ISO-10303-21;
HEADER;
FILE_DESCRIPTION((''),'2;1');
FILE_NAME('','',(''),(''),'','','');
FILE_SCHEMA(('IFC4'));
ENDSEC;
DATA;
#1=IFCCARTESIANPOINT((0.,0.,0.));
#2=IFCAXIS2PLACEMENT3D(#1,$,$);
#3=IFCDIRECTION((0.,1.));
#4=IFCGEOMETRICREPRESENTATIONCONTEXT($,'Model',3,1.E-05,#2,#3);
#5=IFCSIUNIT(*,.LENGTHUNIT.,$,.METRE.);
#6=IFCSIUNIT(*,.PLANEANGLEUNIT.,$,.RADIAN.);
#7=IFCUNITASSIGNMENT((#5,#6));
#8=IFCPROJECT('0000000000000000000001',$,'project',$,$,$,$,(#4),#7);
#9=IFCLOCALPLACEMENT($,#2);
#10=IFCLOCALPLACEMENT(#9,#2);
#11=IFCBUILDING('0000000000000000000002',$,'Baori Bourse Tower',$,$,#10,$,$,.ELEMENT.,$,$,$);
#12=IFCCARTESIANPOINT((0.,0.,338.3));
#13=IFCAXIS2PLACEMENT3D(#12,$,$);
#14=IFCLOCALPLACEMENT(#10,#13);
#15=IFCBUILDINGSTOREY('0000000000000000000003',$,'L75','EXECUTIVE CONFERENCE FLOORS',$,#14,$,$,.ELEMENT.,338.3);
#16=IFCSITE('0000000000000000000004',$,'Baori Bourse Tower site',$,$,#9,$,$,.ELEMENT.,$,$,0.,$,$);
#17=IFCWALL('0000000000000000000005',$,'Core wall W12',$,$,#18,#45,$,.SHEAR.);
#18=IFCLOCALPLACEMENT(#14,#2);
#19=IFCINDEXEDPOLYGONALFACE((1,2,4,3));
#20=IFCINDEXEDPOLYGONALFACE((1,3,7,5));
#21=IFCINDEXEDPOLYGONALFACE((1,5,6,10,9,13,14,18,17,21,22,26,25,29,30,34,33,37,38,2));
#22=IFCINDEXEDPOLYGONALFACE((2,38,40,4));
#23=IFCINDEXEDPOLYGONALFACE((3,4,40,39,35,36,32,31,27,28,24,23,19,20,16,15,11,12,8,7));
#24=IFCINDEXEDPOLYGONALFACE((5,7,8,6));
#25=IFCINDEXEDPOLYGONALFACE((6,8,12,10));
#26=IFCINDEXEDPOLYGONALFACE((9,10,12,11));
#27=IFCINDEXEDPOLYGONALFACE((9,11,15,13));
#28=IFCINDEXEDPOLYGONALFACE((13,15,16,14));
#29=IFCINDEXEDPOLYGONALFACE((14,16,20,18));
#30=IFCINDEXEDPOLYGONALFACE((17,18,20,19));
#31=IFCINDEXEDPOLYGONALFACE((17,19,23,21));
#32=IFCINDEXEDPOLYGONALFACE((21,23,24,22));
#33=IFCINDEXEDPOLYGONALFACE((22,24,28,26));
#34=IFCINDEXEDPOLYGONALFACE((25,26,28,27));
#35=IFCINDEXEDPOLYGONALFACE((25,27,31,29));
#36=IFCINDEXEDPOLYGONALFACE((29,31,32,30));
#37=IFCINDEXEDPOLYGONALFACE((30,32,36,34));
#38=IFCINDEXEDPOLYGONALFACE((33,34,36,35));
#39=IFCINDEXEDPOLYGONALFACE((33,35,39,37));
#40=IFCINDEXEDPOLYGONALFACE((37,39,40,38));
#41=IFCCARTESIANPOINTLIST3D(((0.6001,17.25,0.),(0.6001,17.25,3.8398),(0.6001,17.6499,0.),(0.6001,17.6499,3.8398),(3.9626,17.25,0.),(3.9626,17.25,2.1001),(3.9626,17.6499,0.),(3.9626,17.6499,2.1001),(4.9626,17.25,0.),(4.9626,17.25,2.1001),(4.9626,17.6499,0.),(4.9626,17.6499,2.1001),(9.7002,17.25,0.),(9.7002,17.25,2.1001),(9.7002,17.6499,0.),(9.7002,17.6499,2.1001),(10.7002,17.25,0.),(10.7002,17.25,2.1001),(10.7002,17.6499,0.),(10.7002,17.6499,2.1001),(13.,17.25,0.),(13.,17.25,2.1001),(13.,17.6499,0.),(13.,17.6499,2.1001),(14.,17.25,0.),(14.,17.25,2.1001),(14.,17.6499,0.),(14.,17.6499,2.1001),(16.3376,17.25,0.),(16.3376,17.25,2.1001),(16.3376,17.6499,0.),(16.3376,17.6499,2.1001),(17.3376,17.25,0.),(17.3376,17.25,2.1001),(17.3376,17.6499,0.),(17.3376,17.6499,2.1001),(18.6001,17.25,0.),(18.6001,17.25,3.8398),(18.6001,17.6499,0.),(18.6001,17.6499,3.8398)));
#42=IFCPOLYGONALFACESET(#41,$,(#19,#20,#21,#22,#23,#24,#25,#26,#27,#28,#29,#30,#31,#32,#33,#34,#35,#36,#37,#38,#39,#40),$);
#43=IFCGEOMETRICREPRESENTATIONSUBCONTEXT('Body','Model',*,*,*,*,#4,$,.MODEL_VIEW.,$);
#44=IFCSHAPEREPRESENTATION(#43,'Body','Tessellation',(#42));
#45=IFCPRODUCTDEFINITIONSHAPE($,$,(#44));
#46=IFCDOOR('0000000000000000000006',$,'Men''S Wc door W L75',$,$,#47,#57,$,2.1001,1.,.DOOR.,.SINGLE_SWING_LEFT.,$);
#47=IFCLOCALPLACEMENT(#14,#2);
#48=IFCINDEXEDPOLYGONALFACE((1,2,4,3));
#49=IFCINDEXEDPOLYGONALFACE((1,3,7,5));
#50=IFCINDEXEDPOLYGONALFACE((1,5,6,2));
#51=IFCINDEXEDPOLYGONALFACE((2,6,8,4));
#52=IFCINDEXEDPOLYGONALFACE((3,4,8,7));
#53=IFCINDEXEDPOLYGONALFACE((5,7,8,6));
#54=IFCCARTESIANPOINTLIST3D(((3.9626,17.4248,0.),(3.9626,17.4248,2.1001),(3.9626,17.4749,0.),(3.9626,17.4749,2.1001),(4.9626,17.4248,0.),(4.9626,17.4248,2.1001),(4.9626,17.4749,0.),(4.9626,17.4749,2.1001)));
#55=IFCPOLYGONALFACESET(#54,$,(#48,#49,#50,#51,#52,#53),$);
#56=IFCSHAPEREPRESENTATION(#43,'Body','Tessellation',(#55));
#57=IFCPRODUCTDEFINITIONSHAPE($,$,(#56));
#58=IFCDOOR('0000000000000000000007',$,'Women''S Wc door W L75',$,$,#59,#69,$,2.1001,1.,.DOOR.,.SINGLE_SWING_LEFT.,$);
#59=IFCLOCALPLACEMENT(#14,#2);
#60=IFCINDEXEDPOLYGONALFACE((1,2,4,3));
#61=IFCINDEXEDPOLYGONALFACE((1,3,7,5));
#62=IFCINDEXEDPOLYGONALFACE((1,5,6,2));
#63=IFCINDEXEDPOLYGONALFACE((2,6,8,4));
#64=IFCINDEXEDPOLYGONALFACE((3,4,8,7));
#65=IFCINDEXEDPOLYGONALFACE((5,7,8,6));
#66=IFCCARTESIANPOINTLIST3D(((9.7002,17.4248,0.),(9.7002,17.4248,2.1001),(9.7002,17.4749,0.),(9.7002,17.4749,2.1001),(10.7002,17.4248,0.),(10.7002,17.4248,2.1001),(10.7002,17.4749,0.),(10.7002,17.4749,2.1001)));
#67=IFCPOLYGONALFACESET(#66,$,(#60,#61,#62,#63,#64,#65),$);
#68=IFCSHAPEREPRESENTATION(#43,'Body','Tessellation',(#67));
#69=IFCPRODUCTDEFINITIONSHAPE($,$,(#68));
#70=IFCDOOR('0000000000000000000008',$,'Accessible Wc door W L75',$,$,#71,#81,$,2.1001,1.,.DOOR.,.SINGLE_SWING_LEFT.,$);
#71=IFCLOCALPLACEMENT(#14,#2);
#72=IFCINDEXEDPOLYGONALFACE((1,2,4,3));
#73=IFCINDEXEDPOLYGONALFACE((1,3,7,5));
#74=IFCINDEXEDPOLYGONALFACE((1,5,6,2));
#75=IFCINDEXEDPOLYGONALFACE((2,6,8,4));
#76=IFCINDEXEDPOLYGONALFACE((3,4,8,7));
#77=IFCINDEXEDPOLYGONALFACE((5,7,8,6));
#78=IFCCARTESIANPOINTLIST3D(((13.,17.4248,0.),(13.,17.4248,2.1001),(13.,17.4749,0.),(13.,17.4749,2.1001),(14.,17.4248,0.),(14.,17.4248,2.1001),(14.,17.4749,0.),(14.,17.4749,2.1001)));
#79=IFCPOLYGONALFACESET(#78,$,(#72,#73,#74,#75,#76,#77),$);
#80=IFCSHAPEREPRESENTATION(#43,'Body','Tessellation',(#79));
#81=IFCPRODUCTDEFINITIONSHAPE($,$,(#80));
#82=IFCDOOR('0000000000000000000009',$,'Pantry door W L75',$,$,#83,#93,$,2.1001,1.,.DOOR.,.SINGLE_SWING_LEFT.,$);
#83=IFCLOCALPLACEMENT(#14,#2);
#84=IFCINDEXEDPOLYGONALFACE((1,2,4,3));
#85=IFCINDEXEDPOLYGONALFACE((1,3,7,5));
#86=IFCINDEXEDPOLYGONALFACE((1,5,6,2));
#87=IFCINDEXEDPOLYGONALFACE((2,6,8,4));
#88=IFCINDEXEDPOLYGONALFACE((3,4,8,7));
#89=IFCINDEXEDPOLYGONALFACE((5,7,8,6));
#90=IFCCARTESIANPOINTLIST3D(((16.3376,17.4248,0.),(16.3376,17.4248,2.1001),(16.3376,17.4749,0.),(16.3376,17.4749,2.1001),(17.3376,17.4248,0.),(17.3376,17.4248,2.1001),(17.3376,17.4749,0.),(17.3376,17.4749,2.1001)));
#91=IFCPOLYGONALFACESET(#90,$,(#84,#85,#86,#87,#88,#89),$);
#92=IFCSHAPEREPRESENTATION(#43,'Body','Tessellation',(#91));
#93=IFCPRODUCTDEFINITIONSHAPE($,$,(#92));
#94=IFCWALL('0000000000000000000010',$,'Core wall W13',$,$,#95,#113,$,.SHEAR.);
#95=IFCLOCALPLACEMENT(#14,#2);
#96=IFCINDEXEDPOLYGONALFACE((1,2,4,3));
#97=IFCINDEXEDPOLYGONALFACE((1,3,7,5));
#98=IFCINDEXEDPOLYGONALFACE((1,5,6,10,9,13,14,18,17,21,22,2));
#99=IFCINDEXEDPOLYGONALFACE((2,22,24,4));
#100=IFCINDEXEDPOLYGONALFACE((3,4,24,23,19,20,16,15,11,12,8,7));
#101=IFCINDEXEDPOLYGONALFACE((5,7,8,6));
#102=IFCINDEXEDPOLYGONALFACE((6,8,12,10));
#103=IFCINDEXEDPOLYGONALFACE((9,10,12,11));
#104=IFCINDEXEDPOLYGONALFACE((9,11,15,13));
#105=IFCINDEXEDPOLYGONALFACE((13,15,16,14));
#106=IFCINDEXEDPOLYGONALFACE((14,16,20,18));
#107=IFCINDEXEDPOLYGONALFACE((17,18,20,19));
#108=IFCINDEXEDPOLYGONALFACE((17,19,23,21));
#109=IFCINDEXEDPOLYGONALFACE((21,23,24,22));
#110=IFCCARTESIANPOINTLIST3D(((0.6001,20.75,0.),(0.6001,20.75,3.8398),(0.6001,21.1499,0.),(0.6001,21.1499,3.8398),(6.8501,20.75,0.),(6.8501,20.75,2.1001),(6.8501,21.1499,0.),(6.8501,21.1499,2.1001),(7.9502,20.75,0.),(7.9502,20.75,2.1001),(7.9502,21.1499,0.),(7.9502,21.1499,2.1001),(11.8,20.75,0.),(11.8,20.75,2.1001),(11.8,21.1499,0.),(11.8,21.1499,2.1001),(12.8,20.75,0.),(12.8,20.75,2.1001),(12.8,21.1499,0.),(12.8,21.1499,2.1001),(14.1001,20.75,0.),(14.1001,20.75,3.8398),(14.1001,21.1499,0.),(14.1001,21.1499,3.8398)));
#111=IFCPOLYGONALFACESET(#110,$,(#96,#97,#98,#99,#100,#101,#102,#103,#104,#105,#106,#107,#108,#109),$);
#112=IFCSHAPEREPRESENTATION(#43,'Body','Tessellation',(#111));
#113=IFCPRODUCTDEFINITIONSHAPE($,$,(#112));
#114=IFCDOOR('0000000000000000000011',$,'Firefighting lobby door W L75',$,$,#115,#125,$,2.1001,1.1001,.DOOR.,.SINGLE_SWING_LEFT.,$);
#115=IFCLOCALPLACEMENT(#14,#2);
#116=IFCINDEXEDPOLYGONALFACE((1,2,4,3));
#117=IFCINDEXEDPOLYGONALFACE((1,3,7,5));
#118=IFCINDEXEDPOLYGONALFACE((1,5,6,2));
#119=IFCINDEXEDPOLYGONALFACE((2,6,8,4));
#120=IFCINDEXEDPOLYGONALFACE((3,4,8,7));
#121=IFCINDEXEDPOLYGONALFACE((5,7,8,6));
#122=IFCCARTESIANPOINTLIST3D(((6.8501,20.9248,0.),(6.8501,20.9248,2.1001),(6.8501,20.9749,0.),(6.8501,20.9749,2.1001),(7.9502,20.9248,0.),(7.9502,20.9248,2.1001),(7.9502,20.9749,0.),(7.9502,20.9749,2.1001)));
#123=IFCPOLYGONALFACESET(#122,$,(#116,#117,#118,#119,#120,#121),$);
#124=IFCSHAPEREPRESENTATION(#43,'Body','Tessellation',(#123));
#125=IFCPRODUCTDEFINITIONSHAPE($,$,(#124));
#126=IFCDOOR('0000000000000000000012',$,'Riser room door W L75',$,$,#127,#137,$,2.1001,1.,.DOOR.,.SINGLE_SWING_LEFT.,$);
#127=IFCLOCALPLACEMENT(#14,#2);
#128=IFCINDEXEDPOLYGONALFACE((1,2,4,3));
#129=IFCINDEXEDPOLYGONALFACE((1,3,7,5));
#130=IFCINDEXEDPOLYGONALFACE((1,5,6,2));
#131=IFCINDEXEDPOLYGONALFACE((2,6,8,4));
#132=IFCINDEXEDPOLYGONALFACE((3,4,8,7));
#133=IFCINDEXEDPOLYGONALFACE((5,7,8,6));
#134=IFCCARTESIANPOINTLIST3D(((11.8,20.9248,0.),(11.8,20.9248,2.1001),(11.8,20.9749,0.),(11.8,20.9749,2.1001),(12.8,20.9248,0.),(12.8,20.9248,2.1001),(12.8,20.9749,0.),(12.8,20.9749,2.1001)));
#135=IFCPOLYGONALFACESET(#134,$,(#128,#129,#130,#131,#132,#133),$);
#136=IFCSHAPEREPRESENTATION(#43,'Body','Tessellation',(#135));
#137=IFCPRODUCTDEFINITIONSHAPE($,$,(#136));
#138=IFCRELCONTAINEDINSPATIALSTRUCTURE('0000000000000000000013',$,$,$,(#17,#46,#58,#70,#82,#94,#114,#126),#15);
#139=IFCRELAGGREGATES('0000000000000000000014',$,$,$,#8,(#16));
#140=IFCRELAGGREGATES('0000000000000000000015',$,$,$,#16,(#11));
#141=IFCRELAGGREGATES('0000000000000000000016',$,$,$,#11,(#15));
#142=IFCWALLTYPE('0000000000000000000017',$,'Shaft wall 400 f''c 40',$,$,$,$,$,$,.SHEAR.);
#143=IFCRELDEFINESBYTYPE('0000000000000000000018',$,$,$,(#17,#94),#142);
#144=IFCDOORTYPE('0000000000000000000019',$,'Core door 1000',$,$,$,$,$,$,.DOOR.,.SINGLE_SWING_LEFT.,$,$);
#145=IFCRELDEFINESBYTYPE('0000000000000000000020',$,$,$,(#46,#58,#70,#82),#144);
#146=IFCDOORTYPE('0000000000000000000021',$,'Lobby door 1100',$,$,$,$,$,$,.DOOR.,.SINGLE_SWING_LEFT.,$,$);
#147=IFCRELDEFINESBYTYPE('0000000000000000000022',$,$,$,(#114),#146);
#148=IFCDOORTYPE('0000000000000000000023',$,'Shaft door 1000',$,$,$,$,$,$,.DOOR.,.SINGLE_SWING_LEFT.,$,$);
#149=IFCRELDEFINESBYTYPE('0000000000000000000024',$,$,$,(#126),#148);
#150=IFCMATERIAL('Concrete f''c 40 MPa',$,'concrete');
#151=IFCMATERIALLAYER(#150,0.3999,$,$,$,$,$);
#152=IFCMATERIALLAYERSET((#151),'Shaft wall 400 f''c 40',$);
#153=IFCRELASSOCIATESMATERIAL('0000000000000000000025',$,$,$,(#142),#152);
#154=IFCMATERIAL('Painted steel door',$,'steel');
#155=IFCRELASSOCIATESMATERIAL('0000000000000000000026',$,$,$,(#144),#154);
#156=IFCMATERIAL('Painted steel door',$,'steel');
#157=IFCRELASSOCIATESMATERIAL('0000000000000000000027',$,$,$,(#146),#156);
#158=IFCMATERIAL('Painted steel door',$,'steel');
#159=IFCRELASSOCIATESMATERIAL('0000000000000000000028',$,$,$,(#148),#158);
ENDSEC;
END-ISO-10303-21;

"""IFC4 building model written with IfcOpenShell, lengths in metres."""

from ifc_helpers import new_model, si_unit, direction, frame, frame_2d, origin, place, context, subcontext, project, spatial, rectangle, extrude, material, layer, layer_set, type_object, element, fill, save


model = new_model("IFC4")

# Units and contexts
model_context = context("Model", 3, precision=1e-05, world=origin(), true_north=direction((0.0, 1.0)))
body_context = subcontext(model_context, "Body", "Model", "MODEL_VIEW")
ifc_project = project(units=[si_unit("LENGTHUNIT", "METRE"), si_unit("PLANEANGLEUNIT", "RADIAN")], contexts=[model_context])

# Site, building, storey
site_placement = place(None, origin())
site = spatial("IfcSite", under=ifc_project, at=site_placement, Name="Baori Bourse Tower site", CompositionType="ELEMENT", RefElevation=0.0)
building_placement = place(site_placement, origin())
building = spatial("IfcBuilding", under=site, at=building_placement, Name="Baori Bourse Tower", CompositionType="ELEMENT")
storey_placement = place(building_placement, frame((0.0, 0.0, 338.3)))
storey = spatial("IfcBuildingStorey", under=building, at=storey_placement, Name="L75", Description="EXECUTIVE CONFERENCE FLOORS", CompositionType="ELEMENT", Elevation=338.3)

# Shared definitions
ifc_material_1 = material(Name="Concrete f'c 40 MPa", Category="concrete")
ifc_layer_1 = layer(ifc_material_1, 0.3999)
ifc_layer_set_1 = layer_set([ifc_layer_1], Name="Shaft wall 400 f'c 40")
wall_type_1 = type_object("IfcWallType", Name="Shaft wall 400 f'c 40", PredefinedType="SHEAR", material=ifc_layer_set_1)

# Walls, openings, doors
wall_1_placement = place(storey_placement, frame((0.6001, 17.45, 0.0), z_axis=(0.0, 0.0, 1.0), x_axis=(1.0, 0.0, 0.0)))
wall_1 = element("IfcWall", 1, at=wall_1_placement, inside=storey, type_object=wall_type_1, Name="Core wall W12", PredefinedType="SHEAR", context=body_context, shape_type="SweptSolid", body=[
    extrude(rectangle(XDim=18.0, YDim=0.3999, at=frame_2d((9.0, 0.0))), origin(), (0.0, 0.0, 1.0), 3.8398),
])
opening_1_placement = place(wall_1_placement, frame((3.3625, 0.0, 0.0)))
opening_1 = element("IfcOpeningElement", 2, at=opening_1_placement, cuts=wall_1, PredefinedType="OPENING", context=body_context, shape_type="SweptSolid", body=[
    extrude(rectangle(XDim=1.0, YDim=2.1001, at=frame_2d((0.5, 1.05))), frame((0.0, 0.21, 0.0), z_axis=(0.0, -1.0, 0.0), x_axis=(1.0, 0.0, 0.0)), (0.0, 0.0, 1.0), 0.4199),
])
opening_2_placement = place(wall_1_placement, frame((9.1001, 0.0, 0.0)))
opening_2 = element("IfcOpeningElement", 3, at=opening_2_placement, cuts=wall_1, PredefinedType="OPENING", context=body_context, shape_type="SweptSolid", body=[
    extrude(rectangle(XDim=1.0, YDim=2.1001, at=frame_2d((0.5, 1.05))), frame((0.0, 0.21, 0.0), z_axis=(0.0, -1.0, 0.0), x_axis=(1.0, 0.0, 0.0)), (0.0, 0.0, 1.0), 0.4199),
])
opening_3_placement = place(wall_1_placement, frame((12.3999, 0.0, 0.0)))
opening_3 = element("IfcOpeningElement", 4, at=opening_3_placement, cuts=wall_1, PredefinedType="OPENING", context=body_context, shape_type="SweptSolid", body=[
    extrude(rectangle(XDim=1.0, YDim=2.1001, at=frame_2d((0.5, 1.05))), frame((0.0, 0.21, 0.0), z_axis=(0.0, -1.0, 0.0), x_axis=(1.0, 0.0, 0.0)), (0.0, 0.0, 1.0), 0.4199),
])
opening_4_placement = place(wall_1_placement, frame((15.7375, 0.0, 0.0)))
opening_4 = element("IfcOpeningElement", 5, at=opening_4_placement, cuts=wall_1, PredefinedType="OPENING", context=body_context, shape_type="SweptSolid", body=[
    extrude(rectangle(XDim=1.0, YDim=2.1001, at=frame_2d((0.5, 1.05))), frame((0.0, 0.21, 0.0), z_axis=(0.0, -1.0, 0.0), x_axis=(1.0, 0.0, 0.0)), (0.0, 0.0, 1.0), 0.4199),
])
ifc_material_2 = material(Name="Painted steel door", Category="steel")
door_type_1 = type_object("IfcDoorType", Name="Core door 1000", OperationType="SINGLE_SWING_LEFT", PredefinedType="DOOR", material=ifc_material_2)
door_1_placement = place(opening_1_placement, origin())
door_1 = element("IfcDoor", 6, at=door_1_placement, inside=storey, type_object=door_type_1, Name="Men'S Wc door W L75", OperationType="SINGLE_SWING_LEFT", OverallHeight=2.1001, OverallWidth=1.0, PredefinedType="DOOR", context=body_context, shape_type="SweptSolid", body=[
    extrude(rectangle(XDim=1.0, YDim=2.1001, at=frame_2d((0.5, 1.05))), frame((0.0, 0.0249, 0.0), z_axis=(0.0, -1.0, 0.0), x_axis=(1.0, 0.0, 0.0)), (0.0, 0.0, 1.0), 0.05),
])
fill(opening_1, door_1)
door_2_placement = place(opening_2_placement, origin())
door_2 = element("IfcDoor", 7, at=door_2_placement, inside=storey, type_object=door_type_1, Name="Women'S Wc door W L75", OperationType="SINGLE_SWING_LEFT", OverallHeight=2.1001, OverallWidth=1.0, PredefinedType="DOOR", context=body_context, shape_type="SweptSolid", body=[
    extrude(rectangle(XDim=1.0, YDim=2.1001, at=frame_2d((0.5, 1.05))), frame((0.0, 0.0249, 0.0), z_axis=(0.0, -1.0, 0.0), x_axis=(1.0, 0.0, 0.0)), (0.0, 0.0, 1.0), 0.05),
])
fill(opening_2, door_2)
door_3_placement = place(opening_3_placement, origin())
door_3 = element("IfcDoor", 8, at=door_3_placement, inside=storey, type_object=door_type_1, Name="Accessible Wc door W L75", OperationType="SINGLE_SWING_LEFT", OverallHeight=2.1001, OverallWidth=1.0, PredefinedType="DOOR", context=body_context, shape_type="SweptSolid", body=[
    extrude(rectangle(XDim=1.0, YDim=2.1001, at=frame_2d((0.5, 1.05))), frame((0.0, 0.0249, 0.0), z_axis=(0.0, -1.0, 0.0), x_axis=(1.0, 0.0, 0.0)), (0.0, 0.0, 1.0), 0.05),
])
fill(opening_3, door_3)
door_4_placement = place(opening_4_placement, origin())
door_4 = element("IfcDoor", 9, at=door_4_placement, inside=storey, type_object=door_type_1, Name="Pantry door W L75", OperationType="SINGLE_SWING_LEFT", OverallHeight=2.1001, OverallWidth=1.0, PredefinedType="DOOR", context=body_context, shape_type="SweptSolid", body=[
    extrude(rectangle(XDim=1.0, YDim=2.1001, at=frame_2d((0.5, 1.05))), frame((0.0, 0.0249, 0.0), z_axis=(0.0, -1.0, 0.0), x_axis=(1.0, 0.0, 0.0)), (0.0, 0.0, 1.0), 0.05),
])
fill(opening_4, door_4)
wall_2_placement = place(storey_placement, frame((0.6001, 20.95, 0.0), z_axis=(0.0, 0.0, 1.0), x_axis=(1.0, 0.0, 0.0)))
wall_2 = element("IfcWall", 10, at=wall_2_placement, inside=storey, type_object=wall_type_1, Name="Core wall W13", PredefinedType="SHEAR", context=body_context, shape_type="SweptSolid", body=[
    extrude(rectangle(XDim=13.5, YDim=0.3999, at=frame_2d((6.75, 0.0))), origin(), (0.0, 0.0, 1.0), 3.8398),
])
opening_5_placement = place(wall_2_placement, frame((6.25, 0.0, 0.0)))
opening_5 = element("IfcOpeningElement", 11, at=opening_5_placement, cuts=wall_2, PredefinedType="OPENING", context=body_context, shape_type="SweptSolid", body=[
    extrude(rectangle(XDim=1.1001, YDim=2.1001, at=frame_2d((0.55, 1.05))), frame((0.0, 0.21, 0.0), z_axis=(0.0, -1.0, 0.0), x_axis=(1.0, 0.0, 0.0)), (0.0, 0.0, 1.0), 0.4199),
])
opening_6_placement = place(wall_2_placement, frame((11.2, 0.0, 0.0)))
opening_6 = element("IfcOpeningElement", 12, at=opening_6_placement, cuts=wall_2, PredefinedType="OPENING", context=body_context, shape_type="SweptSolid", body=[
    extrude(rectangle(XDim=1.0, YDim=2.1001, at=frame_2d((0.5, 1.05))), frame((0.0, 0.21, 0.0), z_axis=(0.0, -1.0, 0.0), x_axis=(1.0, 0.0, 0.0)), (0.0, 0.0, 1.0), 0.4199),
])
ifc_material_3 = material(Name="Painted steel door", Category="steel")
door_type_2 = type_object("IfcDoorType", Name="Lobby door 1100", OperationType="SINGLE_SWING_LEFT", PredefinedType="DOOR", material=ifc_material_3)
door_5_placement = place(opening_5_placement, origin())
door_5 = element("IfcDoor", 13, at=door_5_placement, inside=storey, type_object=door_type_2, Name="Firefighting lobby door W L75", OperationType="SINGLE_SWING_LEFT", OverallHeight=2.1001, OverallWidth=1.1001, PredefinedType="DOOR", context=body_context, shape_type="SweptSolid", body=[
    extrude(rectangle(XDim=1.1001, YDim=2.1001, at=frame_2d((0.55, 1.05))), frame((0.0, 0.0249, 0.0), z_axis=(0.0, -1.0, 0.0), x_axis=(1.0, 0.0, 0.0)), (0.0, 0.0, 1.0), 0.05),
])
fill(opening_5, door_5)
ifc_material_4 = material(Name="Painted steel door", Category="steel")
door_type_3 = type_object("IfcDoorType", Name="Shaft door 1000", OperationType="SINGLE_SWING_LEFT", PredefinedType="DOOR", material=ifc_material_4)
door_6_placement = place(opening_6_placement, origin())
door_6 = element("IfcDoor", 14, at=door_6_placement, inside=storey, type_object=door_type_3, Name="Riser room door W L75", OperationType="SINGLE_SWING_LEFT", OverallHeight=2.1001, OverallWidth=1.0, PredefinedType="DOOR", context=body_context, shape_type="SweptSolid", body=[
    extrude(rectangle(XDim=1.0, YDim=2.1001, at=frame_2d((0.5, 1.05))), frame((0.0, 0.0249, 0.0), z_axis=(0.0, -1.0, 0.0), x_axis=(1.0, 0.0, 0.0)), (0.0, 0.0, 1.0), 0.05),
])
fill(opening_6, door_6)

save(model, "model.ifc")
